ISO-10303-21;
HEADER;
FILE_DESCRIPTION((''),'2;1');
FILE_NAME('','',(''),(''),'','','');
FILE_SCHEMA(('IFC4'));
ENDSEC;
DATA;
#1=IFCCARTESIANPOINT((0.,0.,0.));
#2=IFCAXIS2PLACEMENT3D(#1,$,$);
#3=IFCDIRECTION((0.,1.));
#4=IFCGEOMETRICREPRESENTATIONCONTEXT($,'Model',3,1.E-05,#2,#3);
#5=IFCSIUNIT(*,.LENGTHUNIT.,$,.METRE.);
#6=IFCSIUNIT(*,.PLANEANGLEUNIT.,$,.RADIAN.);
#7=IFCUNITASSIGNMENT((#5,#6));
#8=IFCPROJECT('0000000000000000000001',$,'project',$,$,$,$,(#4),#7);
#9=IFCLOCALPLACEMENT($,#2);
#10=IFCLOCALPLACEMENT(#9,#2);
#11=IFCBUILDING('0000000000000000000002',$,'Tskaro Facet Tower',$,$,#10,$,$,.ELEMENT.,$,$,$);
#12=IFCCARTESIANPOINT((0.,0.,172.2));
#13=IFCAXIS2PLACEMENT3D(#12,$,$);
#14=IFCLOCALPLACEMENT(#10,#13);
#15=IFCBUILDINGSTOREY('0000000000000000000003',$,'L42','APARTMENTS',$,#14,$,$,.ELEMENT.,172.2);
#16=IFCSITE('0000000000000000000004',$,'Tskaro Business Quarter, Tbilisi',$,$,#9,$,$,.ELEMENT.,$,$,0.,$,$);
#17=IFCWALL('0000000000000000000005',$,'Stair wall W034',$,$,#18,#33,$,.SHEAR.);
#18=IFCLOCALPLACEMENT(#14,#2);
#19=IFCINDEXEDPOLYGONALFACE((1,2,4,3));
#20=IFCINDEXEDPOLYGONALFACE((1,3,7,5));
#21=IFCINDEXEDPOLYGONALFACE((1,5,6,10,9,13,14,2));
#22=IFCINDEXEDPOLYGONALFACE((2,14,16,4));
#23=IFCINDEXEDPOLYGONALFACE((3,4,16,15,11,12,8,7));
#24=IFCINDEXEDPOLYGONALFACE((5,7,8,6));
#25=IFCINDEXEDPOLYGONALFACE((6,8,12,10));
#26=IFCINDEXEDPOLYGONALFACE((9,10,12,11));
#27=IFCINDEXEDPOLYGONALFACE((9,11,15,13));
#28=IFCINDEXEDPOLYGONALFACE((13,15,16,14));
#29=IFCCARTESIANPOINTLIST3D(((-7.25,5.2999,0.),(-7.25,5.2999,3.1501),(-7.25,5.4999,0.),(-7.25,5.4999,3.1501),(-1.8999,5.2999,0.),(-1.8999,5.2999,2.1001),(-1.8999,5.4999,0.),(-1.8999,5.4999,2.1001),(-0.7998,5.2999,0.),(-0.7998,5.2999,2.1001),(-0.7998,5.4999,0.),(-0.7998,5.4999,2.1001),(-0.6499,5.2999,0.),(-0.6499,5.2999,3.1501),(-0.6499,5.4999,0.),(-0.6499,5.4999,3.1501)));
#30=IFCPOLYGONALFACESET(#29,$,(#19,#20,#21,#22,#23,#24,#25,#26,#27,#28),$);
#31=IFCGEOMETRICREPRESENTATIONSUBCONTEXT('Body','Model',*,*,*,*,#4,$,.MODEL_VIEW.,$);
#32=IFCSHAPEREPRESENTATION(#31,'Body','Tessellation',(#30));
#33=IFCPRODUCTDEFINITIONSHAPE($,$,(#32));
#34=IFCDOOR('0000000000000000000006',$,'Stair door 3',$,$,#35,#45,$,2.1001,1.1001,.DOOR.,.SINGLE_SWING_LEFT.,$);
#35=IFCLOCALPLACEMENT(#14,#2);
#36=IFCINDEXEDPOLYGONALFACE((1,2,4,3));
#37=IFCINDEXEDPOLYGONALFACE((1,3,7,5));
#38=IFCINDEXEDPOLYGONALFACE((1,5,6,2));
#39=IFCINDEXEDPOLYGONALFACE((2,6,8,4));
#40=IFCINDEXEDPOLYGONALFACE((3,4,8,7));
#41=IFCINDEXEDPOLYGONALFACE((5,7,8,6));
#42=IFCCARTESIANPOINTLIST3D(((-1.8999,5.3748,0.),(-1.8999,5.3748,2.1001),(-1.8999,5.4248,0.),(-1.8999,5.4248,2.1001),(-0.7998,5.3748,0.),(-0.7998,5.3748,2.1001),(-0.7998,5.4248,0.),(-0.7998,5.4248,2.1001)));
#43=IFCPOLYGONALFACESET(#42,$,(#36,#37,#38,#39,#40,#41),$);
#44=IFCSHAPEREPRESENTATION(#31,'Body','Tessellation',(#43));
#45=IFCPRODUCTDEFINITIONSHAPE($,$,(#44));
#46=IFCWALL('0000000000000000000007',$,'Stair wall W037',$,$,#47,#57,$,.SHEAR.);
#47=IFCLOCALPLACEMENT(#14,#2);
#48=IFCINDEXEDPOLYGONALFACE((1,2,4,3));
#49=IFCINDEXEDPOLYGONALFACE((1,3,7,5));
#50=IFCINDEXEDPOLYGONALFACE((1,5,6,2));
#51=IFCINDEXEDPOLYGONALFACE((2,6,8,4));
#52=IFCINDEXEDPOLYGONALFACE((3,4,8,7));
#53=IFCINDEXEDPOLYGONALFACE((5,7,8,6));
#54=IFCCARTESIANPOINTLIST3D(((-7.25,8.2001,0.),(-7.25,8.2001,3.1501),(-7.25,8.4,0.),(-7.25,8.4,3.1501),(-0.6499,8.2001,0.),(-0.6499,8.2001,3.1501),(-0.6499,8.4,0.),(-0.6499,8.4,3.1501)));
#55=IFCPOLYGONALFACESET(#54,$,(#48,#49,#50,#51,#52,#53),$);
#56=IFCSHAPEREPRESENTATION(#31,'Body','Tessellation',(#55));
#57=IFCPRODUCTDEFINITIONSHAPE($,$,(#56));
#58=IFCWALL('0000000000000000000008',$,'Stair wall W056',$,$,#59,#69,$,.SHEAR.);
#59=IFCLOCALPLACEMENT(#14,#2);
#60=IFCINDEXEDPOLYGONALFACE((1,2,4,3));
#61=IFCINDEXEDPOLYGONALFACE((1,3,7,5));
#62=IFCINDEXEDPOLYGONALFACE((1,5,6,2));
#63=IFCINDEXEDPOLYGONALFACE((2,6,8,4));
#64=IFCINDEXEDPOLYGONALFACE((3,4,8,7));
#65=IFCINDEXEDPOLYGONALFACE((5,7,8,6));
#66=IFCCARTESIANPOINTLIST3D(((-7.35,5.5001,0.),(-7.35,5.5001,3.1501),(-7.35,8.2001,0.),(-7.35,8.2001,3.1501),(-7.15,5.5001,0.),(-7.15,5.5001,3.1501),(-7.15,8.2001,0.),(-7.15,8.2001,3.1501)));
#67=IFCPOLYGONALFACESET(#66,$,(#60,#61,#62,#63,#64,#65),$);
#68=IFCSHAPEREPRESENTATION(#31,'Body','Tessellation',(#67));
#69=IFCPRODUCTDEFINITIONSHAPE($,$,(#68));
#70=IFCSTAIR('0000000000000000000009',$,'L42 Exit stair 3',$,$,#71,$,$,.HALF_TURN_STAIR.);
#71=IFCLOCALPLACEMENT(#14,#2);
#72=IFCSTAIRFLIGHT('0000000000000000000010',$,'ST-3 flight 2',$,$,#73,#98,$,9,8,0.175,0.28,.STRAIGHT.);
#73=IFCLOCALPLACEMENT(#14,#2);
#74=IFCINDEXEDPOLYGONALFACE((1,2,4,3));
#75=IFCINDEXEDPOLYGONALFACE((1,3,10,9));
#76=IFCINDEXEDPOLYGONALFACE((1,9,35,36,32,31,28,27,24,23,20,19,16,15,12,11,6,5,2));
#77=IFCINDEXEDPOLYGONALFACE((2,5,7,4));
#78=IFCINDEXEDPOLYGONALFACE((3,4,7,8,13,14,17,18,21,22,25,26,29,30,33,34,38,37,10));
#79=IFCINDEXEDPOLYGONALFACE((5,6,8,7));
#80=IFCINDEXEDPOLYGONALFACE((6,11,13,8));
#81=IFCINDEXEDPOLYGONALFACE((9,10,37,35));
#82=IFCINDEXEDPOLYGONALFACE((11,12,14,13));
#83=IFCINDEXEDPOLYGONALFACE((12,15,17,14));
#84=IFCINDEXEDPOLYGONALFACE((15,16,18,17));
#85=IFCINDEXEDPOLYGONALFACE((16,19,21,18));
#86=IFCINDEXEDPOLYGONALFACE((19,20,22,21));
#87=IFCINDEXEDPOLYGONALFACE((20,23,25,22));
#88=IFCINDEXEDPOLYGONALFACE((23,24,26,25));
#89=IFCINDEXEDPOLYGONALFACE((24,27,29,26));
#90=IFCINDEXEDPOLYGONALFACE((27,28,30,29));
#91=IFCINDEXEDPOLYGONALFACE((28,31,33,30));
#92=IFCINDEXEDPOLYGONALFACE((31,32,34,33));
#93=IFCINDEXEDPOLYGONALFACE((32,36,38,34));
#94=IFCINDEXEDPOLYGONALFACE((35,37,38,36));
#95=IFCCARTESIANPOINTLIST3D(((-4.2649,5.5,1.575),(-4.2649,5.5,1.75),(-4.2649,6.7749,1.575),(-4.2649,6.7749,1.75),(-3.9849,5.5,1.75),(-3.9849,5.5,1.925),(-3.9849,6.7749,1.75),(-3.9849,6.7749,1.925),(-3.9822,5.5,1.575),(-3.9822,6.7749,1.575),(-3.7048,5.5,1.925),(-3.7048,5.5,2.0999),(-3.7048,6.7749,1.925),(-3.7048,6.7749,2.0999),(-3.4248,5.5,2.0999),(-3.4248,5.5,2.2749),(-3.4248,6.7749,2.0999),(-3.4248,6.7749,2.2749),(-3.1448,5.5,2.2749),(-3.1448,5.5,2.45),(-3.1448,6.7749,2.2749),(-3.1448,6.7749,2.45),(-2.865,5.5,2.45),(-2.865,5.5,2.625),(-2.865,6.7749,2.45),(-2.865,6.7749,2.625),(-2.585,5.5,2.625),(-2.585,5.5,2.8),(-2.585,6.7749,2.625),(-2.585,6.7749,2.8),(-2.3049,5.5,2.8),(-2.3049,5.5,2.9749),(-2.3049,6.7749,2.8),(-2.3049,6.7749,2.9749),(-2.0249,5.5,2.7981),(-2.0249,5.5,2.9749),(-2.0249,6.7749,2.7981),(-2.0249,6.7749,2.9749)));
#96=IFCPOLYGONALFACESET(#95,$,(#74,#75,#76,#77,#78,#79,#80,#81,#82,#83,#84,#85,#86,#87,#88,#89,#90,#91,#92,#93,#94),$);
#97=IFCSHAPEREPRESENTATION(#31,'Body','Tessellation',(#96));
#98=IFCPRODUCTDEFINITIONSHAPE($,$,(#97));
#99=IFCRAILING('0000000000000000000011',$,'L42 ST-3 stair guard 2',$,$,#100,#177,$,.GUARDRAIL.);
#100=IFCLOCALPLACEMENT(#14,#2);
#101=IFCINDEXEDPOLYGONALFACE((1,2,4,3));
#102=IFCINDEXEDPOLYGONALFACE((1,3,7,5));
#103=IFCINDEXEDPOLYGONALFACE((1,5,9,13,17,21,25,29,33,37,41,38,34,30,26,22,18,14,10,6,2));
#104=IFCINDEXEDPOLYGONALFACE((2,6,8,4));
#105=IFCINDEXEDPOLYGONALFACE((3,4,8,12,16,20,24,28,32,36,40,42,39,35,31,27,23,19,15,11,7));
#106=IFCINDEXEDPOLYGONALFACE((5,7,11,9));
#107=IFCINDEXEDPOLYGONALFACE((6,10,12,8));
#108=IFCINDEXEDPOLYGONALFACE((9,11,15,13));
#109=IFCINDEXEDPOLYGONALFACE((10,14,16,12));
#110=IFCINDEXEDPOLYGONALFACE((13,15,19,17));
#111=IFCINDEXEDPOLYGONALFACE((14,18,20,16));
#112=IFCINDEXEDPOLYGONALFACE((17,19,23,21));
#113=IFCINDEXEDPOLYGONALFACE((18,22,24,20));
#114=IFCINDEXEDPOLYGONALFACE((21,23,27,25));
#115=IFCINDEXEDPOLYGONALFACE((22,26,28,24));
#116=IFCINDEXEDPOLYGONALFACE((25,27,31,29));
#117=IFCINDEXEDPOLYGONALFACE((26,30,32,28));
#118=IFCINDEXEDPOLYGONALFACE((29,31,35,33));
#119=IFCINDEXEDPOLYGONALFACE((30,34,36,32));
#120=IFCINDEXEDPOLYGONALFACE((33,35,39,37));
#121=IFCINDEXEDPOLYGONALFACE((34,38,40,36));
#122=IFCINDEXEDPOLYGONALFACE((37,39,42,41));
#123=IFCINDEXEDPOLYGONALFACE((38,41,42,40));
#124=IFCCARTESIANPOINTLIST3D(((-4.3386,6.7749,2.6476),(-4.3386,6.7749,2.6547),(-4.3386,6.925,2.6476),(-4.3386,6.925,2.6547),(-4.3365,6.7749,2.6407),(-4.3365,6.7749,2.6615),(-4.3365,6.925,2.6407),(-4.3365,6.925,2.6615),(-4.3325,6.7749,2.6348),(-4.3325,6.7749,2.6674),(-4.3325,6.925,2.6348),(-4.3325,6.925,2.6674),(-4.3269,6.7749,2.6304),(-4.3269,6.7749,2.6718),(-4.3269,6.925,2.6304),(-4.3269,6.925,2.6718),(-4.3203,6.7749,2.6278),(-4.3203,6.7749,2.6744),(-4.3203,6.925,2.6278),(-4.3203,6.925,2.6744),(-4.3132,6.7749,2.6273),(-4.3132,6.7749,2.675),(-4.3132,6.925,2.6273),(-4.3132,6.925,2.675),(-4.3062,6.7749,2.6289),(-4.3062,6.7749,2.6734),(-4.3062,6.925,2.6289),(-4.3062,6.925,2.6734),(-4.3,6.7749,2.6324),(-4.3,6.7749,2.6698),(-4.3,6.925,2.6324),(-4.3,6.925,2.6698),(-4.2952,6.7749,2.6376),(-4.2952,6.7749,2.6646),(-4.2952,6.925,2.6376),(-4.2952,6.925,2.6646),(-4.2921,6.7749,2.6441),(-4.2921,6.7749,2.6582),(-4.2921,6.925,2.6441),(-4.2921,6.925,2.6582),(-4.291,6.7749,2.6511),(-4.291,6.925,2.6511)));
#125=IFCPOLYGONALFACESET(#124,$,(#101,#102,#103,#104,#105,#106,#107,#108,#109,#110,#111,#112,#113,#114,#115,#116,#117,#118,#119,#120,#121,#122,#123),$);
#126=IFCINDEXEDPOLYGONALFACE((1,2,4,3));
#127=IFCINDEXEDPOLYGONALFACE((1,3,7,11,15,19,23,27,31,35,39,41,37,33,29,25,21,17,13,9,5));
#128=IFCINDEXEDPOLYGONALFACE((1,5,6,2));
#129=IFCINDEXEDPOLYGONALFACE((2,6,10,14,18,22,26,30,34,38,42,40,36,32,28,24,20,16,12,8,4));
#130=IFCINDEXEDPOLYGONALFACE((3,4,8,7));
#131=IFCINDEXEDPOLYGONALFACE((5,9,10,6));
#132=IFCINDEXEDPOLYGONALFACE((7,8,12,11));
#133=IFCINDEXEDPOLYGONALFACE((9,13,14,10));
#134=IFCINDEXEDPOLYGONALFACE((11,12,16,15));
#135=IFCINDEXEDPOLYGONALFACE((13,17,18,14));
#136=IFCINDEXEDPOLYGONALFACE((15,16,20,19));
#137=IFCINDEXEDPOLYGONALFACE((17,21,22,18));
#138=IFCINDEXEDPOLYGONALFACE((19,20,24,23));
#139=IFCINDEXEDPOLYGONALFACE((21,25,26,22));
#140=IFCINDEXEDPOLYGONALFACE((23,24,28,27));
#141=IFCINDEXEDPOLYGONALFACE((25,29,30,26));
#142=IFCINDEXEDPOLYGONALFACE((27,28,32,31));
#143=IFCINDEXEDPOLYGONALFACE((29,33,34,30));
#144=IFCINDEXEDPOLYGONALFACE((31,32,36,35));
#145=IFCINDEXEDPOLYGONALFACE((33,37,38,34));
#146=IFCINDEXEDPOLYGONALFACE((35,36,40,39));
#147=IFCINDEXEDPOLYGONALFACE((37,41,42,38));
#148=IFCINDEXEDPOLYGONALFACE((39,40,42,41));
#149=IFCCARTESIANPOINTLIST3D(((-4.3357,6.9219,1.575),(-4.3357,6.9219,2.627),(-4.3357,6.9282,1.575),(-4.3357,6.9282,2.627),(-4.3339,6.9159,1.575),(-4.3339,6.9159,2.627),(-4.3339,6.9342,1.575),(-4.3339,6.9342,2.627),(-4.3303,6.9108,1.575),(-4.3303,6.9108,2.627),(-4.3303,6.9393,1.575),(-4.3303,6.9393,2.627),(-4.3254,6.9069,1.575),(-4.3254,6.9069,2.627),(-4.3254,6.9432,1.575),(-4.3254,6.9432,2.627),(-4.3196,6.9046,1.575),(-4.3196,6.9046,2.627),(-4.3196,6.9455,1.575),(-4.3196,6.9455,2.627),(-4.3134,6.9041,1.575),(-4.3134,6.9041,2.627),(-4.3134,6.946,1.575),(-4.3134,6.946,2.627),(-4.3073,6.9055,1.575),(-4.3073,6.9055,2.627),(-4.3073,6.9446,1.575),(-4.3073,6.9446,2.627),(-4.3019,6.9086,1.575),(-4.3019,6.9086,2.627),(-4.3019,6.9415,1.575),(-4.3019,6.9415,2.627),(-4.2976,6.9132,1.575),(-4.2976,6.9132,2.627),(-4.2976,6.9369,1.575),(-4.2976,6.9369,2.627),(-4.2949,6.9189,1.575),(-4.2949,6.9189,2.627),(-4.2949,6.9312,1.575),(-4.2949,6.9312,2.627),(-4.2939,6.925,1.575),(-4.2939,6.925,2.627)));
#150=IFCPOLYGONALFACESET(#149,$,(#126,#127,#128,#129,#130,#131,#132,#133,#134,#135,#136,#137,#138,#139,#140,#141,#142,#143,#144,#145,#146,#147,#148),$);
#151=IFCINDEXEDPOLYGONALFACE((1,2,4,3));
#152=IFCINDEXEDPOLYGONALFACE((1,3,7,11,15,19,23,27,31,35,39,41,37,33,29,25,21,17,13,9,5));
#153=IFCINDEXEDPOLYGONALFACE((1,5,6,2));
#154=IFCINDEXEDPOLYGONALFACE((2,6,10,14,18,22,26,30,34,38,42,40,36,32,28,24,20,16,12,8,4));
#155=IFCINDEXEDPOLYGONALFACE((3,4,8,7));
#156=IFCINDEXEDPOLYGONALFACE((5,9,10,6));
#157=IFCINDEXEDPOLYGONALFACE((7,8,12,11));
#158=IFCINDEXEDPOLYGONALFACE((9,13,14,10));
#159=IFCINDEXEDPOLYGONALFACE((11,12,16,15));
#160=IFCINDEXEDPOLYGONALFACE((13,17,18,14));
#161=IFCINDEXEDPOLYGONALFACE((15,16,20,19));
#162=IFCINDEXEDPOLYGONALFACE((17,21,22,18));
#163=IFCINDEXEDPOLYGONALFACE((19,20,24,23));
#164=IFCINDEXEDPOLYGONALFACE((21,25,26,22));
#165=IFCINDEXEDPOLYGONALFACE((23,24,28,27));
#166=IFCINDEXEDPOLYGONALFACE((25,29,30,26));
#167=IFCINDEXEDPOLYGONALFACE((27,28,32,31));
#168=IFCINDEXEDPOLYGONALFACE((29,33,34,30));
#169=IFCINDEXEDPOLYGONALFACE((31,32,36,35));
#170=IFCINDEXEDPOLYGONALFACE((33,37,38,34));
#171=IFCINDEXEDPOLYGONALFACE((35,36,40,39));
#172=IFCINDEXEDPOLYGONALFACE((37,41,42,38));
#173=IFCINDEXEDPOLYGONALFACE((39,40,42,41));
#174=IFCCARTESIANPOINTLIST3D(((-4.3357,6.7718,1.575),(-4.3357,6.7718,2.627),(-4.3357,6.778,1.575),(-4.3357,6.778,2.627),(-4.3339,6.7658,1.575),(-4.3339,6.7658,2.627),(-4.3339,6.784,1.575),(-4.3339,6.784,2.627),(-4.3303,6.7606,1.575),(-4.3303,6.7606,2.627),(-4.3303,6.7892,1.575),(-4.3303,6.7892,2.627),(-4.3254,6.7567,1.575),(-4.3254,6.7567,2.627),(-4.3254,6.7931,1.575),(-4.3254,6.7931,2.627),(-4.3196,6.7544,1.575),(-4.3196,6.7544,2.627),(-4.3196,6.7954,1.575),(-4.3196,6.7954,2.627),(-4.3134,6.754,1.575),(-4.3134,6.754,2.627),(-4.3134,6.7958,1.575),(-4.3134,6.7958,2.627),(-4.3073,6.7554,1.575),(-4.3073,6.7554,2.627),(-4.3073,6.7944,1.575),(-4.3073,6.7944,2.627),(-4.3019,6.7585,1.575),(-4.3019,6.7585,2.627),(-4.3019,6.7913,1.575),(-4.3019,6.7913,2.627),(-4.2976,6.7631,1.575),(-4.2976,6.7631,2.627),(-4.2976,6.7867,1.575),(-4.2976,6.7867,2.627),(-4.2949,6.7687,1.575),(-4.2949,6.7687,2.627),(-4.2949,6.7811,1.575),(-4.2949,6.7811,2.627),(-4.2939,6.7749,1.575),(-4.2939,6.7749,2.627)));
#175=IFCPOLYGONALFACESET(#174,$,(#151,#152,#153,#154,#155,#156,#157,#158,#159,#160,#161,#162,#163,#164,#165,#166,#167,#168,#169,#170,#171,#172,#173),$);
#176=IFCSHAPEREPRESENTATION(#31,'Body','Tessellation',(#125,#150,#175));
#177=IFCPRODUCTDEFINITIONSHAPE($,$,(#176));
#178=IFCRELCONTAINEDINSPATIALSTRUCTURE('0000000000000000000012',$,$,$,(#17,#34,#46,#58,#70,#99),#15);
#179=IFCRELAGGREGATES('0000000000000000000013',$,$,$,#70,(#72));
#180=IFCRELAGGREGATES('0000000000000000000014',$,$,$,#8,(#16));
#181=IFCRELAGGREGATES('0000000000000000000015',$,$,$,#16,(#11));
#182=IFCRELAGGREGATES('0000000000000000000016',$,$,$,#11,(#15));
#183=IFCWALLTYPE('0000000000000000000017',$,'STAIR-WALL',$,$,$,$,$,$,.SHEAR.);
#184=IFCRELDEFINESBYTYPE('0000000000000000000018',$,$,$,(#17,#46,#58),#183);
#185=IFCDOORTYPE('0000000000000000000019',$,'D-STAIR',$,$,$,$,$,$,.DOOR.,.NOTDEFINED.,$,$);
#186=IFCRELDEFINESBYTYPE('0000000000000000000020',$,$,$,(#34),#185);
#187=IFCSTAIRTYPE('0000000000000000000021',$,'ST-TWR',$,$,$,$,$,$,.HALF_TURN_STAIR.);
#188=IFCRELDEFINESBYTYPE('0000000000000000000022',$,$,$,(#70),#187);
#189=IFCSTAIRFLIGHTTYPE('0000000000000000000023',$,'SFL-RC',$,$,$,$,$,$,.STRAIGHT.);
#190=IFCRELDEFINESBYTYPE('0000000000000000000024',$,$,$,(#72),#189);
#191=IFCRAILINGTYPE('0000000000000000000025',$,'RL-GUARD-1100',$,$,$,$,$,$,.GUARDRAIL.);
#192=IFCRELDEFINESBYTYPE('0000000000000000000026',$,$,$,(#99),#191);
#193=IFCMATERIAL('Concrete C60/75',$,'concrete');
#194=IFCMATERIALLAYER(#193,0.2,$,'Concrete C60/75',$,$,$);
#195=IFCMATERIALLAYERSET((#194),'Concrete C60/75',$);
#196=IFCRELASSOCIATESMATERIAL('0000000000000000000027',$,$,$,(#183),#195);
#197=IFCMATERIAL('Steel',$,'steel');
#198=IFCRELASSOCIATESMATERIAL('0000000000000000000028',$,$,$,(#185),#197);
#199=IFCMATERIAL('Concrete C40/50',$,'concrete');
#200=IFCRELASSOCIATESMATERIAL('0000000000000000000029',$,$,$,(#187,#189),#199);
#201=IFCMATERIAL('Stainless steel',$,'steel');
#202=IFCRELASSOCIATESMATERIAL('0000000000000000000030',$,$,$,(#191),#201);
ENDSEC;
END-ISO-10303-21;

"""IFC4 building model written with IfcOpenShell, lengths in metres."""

from ifc_helpers import new_model, si_unit, direction, frame, frame_2d, origin, origin_2d, place, context, subcontext, project, spatial, polyline, rectangle, circle, outline, extrude, material, layer, layer_set, type_object, element, fill, aggregate, save


model = new_model("IFC4")

# Units and contexts
model_context = context("Model", 3, precision=1e-05, world=origin(), true_north=direction((0.0, 1.0)))
body_context = subcontext(model_context, "Body", "Model", "MODEL_VIEW")
ifc_project = project(units=[si_unit("LENGTHUNIT", "METRE"), si_unit("PLANEANGLEUNIT", "RADIAN")], contexts=[model_context])

# Site, building, storey
site_placement = place(None, origin())
site = spatial("IfcSite", under=ifc_project, at=site_placement, Name="Tskaro Business Quarter, Tbilisi", CompositionType="ELEMENT", RefElevation=0.0)
building_placement = place(site_placement, origin())
building = spatial("IfcBuilding", under=site, at=building_placement, Name="Tskaro Facet Tower", CompositionType="ELEMENT")
storey_placement = place(building_placement, frame((0.0, 0.0, 172.2)))
storey = spatial("IfcBuildingStorey", under=building, at=storey_placement, Name="L42", Description="APARTMENTS", CompositionType="ELEMENT", Elevation=172.2)

# Shared definitions
ifc_material_1 = material(Name="Concrete C40/50", Category="concrete")
ifc_material_2 = material(Name="Steel", Category="steel")

# Wall, opening, door
ifc_material_3 = material(Name="Concrete C60/75", Category="concrete")
ifc_layer_1 = layer(ifc_material_3, 0.2, Name="Concrete C60/75")
ifc_layer_set_1 = layer_set([ifc_layer_1], Name="Concrete C60/75")
wall_type_1 = type_object("IfcWallType", Name="STAIR-WALL", PredefinedType="SHEAR", material=ifc_layer_set_1)
wall_1_placement = place(storey_placement, frame((-7.25, 5.3999, 0.0), z_axis=(0.0, 0.0, 1.0), x_axis=(1.0, 0.0, 0.0)))
wall_1 = element("IfcWall", 1, at=wall_1_placement, inside=storey, type_object=wall_type_1, Name="Stair wall W034", PredefinedType="SHEAR", context=body_context, shape_type="SweptSolid", body=[
    extrude(rectangle(XDim=6.6001, YDim=0.2, at=frame_2d((3.3, 0.0))), origin(), (0.0, 0.0, 1.0), 3.1501),
])
opening_1_placement = place(wall_1_placement, frame((5.3501, 0.0, 0.0)))
opening_1 = element("IfcOpeningElement", 2, at=opening_1_placement, cuts=wall_1, PredefinedType="OPENING", context=body_context, shape_type="SweptSolid", body=[
    extrude(rectangle(XDim=1.1001, YDim=2.1001, at=frame_2d((0.55, 1.05))), frame((0.0, 0.1099, 0.0), z_axis=(0.0, -1.0, 0.0), x_axis=(1.0, 0.0, 0.0)), (0.0, 0.0, 1.0), 0.22),
])
door_type_1 = type_object("IfcDoorType", Name="D-STAIR", OperationType="NOTDEFINED", PredefinedType="DOOR", material=ifc_material_2)
door_1_placement = place(opening_1_placement, origin())
door_1 = element("IfcDoor", 3, at=door_1_placement, inside=storey, type_object=door_type_1, Name="Stair door 3", OperationType="SINGLE_SWING_LEFT", OverallHeight=2.1001, OverallWidth=1.1001, PredefinedType="DOOR", context=body_context, shape_type="SweptSolid", body=[
    extrude(rectangle(XDim=1.1001, YDim=2.1001, at=frame_2d((0.55, 1.05))), frame((0.0, 0.0249, 0.0), z_axis=(0.0, -1.0, 0.0), x_axis=(1.0, 0.0, 0.0)), (0.0, 0.0, 1.0), 0.05),
])
fill(opening_1, door_1)

# Walls
wall_2_placement = place(storey_placement, frame((-7.25, 8.3, 0.0), z_axis=(0.0, 0.0, 1.0), x_axis=(1.0, 0.0, 0.0)))
element("IfcWall", 4, at=wall_2_placement, inside=storey, type_object=wall_type_1, Name="Stair wall W037", PredefinedType="SHEAR", context=body_context, shape_type="SweptSolid", body=[
    extrude(rectangle(XDim=6.6001, YDim=0.2, at=frame_2d((3.3, 0.0))), origin(), (0.0, 0.0, 1.0), 3.1501),
])
wall_3_placement = place(storey_placement, frame((-7.25, 5.5, 0.0), z_axis=(0.0, 0.0, 1.0), x_axis=(0.0, 1.0, 0.0)))
element("IfcWall", 5, at=wall_3_placement, inside=storey, type_object=wall_type_1, Name="Stair wall W056", PredefinedType="SHEAR", context=body_context, shape_type="SweptSolid", body=[
    extrude(rectangle(XDim=2.7, YDim=0.2, at=frame_2d((1.3501, 0.0))), origin(), (0.0, 0.0, 1.0), 3.1501),
])

# Stair, stair flight
stair_type = type_object("IfcStairType", Name="ST-TWR", PredefinedType="HALF_TURN_STAIR", material=ifc_material_1)
stair_placement = place(storey_placement, origin())
stair = element("IfcStair", 6, at=stair_placement, inside=storey, type_object=stair_type, Name="L42 Exit stair 3", PredefinedType="HALF_TURN_STAIR")
stair_flight_type = type_object("IfcStairFlightType", Name="SFL-RC", PredefinedType="STRAIGHT", material=ifc_material_1)
stair_flight_placement = place(storey_placement, frame((-4.2649, 6.1375, 1.575), z_axis=(0.0, 0.0, 1.0), x_axis=(1.0, 0.0, 0.0)))
stair_flight = element("IfcStairFlight", 7, at=stair_flight_placement, type_object=stair_flight_type, Name="ST-3 flight 2", NumberOfRisers=9, NumberOfTreads=8, PredefinedType="STRAIGHT", RiserHeight=0.175, TreadLength=0.28, context=body_context, shape_type="SweptSolid", body=[
    extrude(outline(polyline([(0.0, 0.0), (0.0, 0.175), (0.28, 0.175), (0.28, 0.3501), (0.5601, 0.3501), (0.5601, 0.5249), (0.8401, 0.5249), (0.8401, 0.7), (1.1201, 0.7), (1.1201, 0.875), (1.3999, 0.875), (1.3999, 1.05), (1.6799, 1.05), (1.6799, 1.2251), (1.96, 1.2251), (1.96, 1.3999), (2.24, 1.3999), (2.24, 1.575), (2.24, 1.2231), (0.2827, 0.0), (0.0, 0.0)])), frame((0.0, 0.6375, 0.0), z_axis=(0.0, -1.0, 0.0), x_axis=(1.0, 0.0, 0.0)), (0.0, 0.0, 1.0), 1.2749),
])
aggregate(stair, [stair_flight])

# Railing
ifc_material_4 = material(Name="Stainless steel", Category="steel")
railing_type_1 = type_object("IfcRailingType", Name="RL-GUARD-1100", PredefinedType="GUARDRAIL", material=ifc_material_4)
railing_1_placement = place(storey_placement, frame((-4.3149, 6.925, 1.575)))
element("IfcRailing", 8, at=railing_1_placement, inside=storey, type_object=railing_type_1, Name="L42 ST-3 stair guard 2", PredefinedType="GUARDRAIL", context=body_context, shape_type="SweptSolid", body=[
    extrude(circle(Radius=0.0239, at=origin_2d()), frame((0.0, 0.0, 1.0762), z_axis=(0.0, -1.0, 0.0), x_axis=(1.0, 0.0, 0.0)), (0.0, 0.0, 1.0), 0.1501),
    extrude(circle(Radius=0.021, at=origin_2d()), origin(), (0.0, 0.0, 1.0), 1.052),
    extrude(circle(Radius=0.021, at=origin_2d()), frame((0.0, -0.1501, 0.0)), (0.0, 0.0, 1.0), 1.052),
])

save(model, "model.ifc")
